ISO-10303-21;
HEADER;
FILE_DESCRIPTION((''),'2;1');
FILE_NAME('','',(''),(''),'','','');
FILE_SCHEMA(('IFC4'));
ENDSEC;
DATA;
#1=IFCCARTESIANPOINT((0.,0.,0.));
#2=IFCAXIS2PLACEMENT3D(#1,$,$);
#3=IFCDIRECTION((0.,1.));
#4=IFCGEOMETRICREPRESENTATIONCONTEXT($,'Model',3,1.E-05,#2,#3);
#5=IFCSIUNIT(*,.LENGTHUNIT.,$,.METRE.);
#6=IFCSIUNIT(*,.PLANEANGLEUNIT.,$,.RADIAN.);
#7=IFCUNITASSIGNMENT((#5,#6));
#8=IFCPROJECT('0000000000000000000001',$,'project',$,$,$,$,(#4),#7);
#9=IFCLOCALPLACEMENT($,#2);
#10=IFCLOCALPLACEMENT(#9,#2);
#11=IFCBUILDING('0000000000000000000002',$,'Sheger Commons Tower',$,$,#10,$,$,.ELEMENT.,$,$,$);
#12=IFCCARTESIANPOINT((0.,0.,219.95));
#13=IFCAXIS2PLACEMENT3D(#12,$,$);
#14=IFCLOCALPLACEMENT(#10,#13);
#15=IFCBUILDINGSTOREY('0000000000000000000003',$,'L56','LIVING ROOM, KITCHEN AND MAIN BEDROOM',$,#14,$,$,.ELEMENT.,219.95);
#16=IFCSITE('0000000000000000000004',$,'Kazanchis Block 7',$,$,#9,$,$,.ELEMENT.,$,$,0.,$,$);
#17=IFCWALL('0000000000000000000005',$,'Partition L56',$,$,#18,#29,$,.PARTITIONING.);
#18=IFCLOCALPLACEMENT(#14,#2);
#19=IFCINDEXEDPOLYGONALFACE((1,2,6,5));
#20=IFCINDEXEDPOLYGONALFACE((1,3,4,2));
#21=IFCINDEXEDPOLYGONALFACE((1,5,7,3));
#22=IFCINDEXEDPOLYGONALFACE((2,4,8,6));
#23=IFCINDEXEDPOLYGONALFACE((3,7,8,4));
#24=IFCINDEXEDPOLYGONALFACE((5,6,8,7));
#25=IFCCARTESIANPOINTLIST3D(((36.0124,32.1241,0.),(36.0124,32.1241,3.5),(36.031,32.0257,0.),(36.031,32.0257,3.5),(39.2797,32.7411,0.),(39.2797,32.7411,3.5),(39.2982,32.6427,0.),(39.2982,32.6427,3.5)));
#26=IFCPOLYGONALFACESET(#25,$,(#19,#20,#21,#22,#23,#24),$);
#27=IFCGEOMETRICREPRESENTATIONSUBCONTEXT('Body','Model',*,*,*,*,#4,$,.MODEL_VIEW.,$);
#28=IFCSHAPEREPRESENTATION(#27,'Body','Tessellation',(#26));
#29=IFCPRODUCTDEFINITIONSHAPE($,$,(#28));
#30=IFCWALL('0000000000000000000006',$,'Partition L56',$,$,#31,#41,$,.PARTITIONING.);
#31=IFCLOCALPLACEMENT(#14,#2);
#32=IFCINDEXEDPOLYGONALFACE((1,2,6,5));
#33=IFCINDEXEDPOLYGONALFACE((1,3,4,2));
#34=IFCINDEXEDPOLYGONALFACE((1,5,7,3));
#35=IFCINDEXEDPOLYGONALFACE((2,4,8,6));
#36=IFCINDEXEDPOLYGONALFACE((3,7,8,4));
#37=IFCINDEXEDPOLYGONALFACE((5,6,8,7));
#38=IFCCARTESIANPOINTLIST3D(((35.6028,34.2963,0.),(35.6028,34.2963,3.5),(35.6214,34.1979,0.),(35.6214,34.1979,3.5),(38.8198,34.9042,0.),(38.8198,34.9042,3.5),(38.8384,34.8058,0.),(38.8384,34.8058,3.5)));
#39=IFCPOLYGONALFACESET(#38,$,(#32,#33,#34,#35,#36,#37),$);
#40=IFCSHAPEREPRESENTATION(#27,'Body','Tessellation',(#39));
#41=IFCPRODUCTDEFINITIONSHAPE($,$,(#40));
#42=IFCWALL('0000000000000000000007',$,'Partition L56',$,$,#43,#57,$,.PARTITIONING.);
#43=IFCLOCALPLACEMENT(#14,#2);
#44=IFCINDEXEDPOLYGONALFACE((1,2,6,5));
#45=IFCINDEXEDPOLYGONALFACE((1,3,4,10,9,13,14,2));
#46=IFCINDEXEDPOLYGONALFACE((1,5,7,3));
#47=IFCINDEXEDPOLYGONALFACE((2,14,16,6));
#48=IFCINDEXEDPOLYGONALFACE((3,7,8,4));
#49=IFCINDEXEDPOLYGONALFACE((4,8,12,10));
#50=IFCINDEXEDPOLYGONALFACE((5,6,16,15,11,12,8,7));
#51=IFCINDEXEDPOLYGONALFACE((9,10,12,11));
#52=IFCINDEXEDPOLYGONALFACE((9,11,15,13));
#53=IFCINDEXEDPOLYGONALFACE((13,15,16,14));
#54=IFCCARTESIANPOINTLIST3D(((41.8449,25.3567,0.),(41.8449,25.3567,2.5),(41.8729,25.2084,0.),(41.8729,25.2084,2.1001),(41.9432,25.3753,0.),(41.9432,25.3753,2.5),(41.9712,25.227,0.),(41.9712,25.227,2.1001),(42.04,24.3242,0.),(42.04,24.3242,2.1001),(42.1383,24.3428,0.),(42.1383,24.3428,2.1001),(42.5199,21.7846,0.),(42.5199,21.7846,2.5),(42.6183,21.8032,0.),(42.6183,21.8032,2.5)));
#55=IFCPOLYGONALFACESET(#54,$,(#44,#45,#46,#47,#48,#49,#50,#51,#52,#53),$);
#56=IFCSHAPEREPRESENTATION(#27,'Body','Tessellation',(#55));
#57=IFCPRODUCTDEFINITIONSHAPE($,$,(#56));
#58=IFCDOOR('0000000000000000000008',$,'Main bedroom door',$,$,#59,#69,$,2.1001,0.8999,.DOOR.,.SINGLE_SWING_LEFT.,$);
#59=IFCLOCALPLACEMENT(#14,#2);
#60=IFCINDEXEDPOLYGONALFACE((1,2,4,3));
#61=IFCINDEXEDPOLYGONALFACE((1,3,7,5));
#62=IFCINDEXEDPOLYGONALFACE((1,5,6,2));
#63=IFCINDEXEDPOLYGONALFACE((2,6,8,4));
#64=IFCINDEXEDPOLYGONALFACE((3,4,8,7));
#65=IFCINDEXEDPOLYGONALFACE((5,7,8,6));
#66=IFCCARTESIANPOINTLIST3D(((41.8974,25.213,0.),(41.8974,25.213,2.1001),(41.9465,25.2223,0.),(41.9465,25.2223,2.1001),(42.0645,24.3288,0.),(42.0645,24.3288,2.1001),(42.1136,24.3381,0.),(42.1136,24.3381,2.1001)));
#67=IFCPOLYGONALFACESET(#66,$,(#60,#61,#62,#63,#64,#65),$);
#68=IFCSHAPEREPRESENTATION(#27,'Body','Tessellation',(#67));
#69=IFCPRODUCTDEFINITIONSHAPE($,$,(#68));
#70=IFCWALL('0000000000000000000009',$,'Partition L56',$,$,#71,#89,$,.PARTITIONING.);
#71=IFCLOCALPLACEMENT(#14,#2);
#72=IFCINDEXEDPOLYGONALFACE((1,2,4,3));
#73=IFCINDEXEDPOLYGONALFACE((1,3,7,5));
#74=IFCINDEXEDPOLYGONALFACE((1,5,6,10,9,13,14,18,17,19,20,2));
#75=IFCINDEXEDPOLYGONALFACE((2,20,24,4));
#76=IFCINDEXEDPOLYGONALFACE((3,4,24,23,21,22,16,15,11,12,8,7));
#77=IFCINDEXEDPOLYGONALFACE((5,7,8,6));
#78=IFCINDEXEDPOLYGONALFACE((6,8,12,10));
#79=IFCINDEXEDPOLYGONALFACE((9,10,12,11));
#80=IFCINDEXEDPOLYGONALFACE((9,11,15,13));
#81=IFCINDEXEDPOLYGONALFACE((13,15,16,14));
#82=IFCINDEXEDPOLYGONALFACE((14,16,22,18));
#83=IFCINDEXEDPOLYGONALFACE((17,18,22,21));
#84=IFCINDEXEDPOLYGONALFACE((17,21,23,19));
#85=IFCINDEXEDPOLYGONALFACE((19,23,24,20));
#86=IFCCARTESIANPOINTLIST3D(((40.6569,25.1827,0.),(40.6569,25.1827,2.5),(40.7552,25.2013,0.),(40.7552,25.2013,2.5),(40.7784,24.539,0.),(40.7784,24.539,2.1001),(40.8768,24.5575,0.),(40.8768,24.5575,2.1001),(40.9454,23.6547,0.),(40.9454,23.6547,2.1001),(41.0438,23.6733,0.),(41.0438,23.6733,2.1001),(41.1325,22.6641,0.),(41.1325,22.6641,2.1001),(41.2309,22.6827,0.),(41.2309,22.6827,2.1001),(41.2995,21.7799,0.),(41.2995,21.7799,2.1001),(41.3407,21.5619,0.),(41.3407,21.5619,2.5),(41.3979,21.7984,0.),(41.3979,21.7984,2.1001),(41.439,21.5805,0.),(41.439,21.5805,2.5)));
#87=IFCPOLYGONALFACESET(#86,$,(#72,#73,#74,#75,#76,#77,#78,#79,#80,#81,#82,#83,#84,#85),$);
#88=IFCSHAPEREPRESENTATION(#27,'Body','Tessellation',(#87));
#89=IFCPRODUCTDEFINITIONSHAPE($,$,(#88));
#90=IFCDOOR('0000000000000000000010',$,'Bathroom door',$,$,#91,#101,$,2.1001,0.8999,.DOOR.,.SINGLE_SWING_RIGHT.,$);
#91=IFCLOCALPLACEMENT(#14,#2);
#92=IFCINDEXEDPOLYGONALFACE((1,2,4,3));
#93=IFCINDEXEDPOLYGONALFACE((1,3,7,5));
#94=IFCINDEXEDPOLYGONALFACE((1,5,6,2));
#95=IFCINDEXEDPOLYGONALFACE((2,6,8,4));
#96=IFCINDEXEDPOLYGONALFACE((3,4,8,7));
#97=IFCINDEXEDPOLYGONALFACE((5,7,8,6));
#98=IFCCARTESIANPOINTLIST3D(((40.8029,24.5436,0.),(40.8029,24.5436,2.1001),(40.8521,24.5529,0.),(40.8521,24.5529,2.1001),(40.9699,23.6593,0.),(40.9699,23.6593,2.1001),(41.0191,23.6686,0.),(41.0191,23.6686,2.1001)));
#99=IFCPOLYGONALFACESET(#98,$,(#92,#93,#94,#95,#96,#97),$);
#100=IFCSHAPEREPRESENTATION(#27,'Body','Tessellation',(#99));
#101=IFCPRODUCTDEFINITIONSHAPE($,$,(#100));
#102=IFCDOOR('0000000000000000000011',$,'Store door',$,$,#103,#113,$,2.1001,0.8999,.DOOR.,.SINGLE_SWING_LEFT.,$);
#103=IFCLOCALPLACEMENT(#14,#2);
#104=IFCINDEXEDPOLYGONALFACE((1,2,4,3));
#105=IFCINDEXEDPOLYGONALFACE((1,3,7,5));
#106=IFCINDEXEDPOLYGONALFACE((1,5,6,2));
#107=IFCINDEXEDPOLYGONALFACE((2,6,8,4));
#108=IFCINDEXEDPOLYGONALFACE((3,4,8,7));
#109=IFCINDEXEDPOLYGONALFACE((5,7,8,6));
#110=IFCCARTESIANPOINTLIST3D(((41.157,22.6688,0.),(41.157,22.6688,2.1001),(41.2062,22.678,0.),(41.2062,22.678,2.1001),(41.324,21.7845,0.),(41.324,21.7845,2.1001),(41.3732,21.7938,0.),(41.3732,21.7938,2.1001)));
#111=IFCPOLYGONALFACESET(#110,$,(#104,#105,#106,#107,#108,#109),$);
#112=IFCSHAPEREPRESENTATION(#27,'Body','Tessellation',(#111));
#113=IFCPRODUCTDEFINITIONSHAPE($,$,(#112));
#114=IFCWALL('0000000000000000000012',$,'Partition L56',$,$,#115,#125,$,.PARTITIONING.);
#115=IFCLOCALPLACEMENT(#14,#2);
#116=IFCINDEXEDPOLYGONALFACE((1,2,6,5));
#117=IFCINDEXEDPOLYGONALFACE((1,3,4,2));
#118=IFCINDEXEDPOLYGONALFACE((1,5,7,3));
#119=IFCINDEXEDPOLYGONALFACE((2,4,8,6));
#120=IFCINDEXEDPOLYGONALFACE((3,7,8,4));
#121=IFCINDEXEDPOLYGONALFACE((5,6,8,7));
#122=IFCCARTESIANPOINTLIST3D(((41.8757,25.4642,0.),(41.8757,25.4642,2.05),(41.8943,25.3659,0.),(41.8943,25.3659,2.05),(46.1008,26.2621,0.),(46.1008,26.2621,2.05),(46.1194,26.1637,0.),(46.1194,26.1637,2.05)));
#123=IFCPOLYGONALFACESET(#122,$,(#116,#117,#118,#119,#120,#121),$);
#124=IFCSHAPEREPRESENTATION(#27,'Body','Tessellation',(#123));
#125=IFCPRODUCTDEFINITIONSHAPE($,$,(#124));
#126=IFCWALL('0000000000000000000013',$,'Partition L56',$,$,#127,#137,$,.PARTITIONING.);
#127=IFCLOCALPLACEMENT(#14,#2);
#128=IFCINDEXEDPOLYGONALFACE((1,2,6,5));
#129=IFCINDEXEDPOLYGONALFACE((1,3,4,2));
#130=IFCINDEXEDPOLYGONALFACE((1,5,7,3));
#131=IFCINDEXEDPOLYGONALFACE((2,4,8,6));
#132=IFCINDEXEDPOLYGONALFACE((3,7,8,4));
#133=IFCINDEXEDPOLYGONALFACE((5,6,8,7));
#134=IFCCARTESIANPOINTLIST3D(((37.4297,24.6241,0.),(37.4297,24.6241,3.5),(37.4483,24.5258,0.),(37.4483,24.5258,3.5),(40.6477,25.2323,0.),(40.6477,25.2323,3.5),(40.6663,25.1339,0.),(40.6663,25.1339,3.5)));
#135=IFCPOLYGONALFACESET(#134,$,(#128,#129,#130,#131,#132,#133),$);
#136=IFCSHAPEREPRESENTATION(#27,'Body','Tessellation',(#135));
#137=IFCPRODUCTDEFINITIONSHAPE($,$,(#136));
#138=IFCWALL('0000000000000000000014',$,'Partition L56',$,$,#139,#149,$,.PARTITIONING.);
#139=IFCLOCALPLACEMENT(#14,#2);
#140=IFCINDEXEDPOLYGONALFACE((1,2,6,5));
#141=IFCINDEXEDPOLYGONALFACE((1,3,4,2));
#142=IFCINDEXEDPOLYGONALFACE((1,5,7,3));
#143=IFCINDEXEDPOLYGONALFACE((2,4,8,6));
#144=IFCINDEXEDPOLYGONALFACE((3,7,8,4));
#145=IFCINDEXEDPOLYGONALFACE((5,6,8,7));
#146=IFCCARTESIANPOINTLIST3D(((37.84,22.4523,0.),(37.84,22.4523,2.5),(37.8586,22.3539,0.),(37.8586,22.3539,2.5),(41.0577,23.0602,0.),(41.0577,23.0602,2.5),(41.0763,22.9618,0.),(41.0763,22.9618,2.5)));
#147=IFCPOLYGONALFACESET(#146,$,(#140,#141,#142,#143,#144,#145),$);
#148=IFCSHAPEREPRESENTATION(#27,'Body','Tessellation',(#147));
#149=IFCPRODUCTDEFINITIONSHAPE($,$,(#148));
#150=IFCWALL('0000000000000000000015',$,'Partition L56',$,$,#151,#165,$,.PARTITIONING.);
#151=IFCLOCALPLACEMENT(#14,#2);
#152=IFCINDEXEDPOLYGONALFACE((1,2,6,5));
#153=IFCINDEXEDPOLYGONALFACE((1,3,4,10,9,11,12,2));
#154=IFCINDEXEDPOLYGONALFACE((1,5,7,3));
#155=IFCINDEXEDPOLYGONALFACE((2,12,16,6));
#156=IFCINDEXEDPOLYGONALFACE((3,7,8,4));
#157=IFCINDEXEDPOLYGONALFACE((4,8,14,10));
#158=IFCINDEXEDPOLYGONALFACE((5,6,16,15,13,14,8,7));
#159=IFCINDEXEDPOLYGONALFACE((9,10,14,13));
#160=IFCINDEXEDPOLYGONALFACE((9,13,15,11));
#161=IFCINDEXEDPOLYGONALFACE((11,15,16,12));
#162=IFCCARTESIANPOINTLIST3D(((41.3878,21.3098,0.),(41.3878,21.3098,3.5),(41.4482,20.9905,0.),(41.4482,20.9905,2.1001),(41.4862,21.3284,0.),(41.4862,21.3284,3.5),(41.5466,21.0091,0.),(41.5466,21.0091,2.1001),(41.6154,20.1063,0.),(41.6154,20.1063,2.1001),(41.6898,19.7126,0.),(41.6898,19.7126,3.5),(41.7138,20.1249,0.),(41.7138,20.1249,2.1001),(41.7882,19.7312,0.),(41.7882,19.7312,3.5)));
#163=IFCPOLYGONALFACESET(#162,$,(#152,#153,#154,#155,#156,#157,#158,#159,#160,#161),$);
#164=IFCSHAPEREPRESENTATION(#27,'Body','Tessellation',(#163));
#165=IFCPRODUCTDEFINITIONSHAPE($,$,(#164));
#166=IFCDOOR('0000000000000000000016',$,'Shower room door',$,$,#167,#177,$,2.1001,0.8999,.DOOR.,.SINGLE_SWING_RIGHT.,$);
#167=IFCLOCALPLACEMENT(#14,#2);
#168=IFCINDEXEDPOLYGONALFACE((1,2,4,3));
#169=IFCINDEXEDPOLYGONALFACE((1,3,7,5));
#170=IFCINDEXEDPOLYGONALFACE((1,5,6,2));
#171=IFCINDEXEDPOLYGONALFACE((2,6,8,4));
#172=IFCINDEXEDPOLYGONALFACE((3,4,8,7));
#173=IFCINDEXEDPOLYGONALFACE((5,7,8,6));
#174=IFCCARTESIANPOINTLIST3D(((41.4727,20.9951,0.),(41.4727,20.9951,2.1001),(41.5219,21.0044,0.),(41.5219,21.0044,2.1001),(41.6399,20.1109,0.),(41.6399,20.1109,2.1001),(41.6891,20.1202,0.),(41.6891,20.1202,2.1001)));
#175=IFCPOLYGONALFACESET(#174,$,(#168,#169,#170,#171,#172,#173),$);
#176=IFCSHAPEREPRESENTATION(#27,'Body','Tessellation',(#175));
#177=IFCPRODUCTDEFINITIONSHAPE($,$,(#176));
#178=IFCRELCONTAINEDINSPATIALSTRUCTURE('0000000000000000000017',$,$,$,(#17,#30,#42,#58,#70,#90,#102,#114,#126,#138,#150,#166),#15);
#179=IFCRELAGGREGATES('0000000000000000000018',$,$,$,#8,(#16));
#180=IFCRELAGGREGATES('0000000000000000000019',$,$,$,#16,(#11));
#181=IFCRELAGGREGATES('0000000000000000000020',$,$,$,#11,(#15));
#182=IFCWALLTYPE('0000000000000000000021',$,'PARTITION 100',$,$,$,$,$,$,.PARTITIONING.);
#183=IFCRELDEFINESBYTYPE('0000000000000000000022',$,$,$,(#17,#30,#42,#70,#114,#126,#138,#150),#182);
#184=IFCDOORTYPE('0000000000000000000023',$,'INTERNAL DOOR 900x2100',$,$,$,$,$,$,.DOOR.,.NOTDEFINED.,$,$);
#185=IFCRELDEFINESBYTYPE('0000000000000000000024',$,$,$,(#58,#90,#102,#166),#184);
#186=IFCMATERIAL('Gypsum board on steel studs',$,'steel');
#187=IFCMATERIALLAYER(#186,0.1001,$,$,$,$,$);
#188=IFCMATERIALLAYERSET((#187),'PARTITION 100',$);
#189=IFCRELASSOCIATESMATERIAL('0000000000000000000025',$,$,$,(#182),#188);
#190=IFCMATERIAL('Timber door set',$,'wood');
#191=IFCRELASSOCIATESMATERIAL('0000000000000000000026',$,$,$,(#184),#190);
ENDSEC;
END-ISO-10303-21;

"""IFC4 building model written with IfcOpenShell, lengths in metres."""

from ifc_helpers import new_model, si_unit, direction, frame, frame_2d, origin, place, context, subcontext, project, spatial, rectangle, extrude, material, layer, layer_set, type_object, element, fill, save


model = new_model("IFC4")

# Units and contexts
model_context = context("Model", 3, precision=1e-05, world=origin(), true_north=direction((0.0, 1.0)))
body_context = subcontext(model_context, "Body", "Model", "MODEL_VIEW")
ifc_project = project(units=[si_unit("LENGTHUNIT", "METRE"), si_unit("PLANEANGLEUNIT", "RADIAN")], contexts=[model_context])

# Site, building, storey
site_placement = place(None, origin())
site = spatial("IfcSite", under=ifc_project, at=site_placement, Name="Kazanchis Block 7", CompositionType="ELEMENT", RefElevation=0.0)
building_placement = place(site_placement, origin())
building = spatial("IfcBuilding", under=site, at=building_placement, Name="Sheger Commons Tower", CompositionType="ELEMENT")
storey_placement = place(building_placement, frame((0.0, 0.0, 219.95)))
storey = spatial("IfcBuildingStorey", under=building, at=storey_placement, Name="L56", Description="LIVING ROOM, KITCHEN AND MAIN BEDROOM", CompositionType="ELEMENT", Elevation=219.95)

# Walls
ifc_material_1 = material(Name="Gypsum board on steel studs", Category="steel")
ifc_layer_1 = layer(ifc_material_1, 0.1001)
ifc_layer_set_1 = layer_set([ifc_layer_1], Name="PARTITION 100")
wall_type_1 = type_object("IfcWallType", Name="PARTITION 100", PredefinedType="PARTITIONING", material=ifc_layer_set_1)
wall_1_placement = place(storey_placement, frame((39.2891, 32.6919, 0.0), z_axis=(0.0, 0.0, 1.0), x_axis=(-0.982634, -0.185556, 0.0)))
element("IfcWall", 1, at=wall_1_placement, inside=storey, type_object=wall_type_1, Name="Partition L56", PredefinedType="PARTITIONING", context=body_context, shape_type="SweptSolid", body=[
    extrude(rectangle(XDim=3.325, YDim=0.1001, at=frame_2d((1.6626, 0.0))), origin(), (0.0, 0.0, 1.0), 3.5),
])
wall_2_placement = place(storey_placement, frame((38.8291, 34.855, 0.0), z_axis=(0.0, 0.0, 1.0), x_axis=(-0.98261, -0.18568, 0.0)))
element("IfcWall", 2, at=wall_2_placement, inside=storey, type_object=wall_type_1, Name="Partition L56", PredefinedType="PARTITIONING", context=body_context, shape_type="SweptSolid", body=[
    extrude(rectangle(XDim=3.2739, YDim=0.1001, at=frame_2d((1.637, 0.0))), origin(), (0.0, 0.0, 1.0), 3.5),
])

# Wall, opening, door
wall_3_placement = place(storey_placement, frame((41.894, 25.366, 0.0), z_axis=(0.0, 0.0, 1.0), x_axis=(0.185695, -0.982607, 0.0)))
wall_3 = element("IfcWall", 3, at=wall_3_placement, inside=storey, type_object=wall_type_1, Name="Partition L56", PredefinedType="PARTITIONING", context=body_context, shape_type="SweptSolid", body=[
    extrude(rectangle(XDim=3.6353, YDim=0.1001, at=frame_2d((1.8176, 0.0))), origin(), (0.0, 0.0, 1.0), 2.5),
])
opening_1_placement = place(wall_3_placement, frame((0.1509, 0.0, 0.0)))
opening_1 = element("IfcOpeningElement", 4, at=opening_1_placement, cuts=wall_3, PredefinedType="OPENING", context=body_context, shape_type="SweptSolid", body=[
    extrude(rectangle(XDim=0.8999, YDim=2.1001, at=frame_2d((0.45, 1.05))), frame((0.0, 0.0601, 0.0), z_axis=(0.0, -1.0, 0.0), x_axis=(1.0, 0.0, 0.0)), (0.0, 0.0, 1.0), 0.1201),
])
ifc_material_2 = material(Name="Timber door set", Category="wood")
door_type = type_object("IfcDoorType", Name="INTERNAL DOOR 900x2100", OperationType="NOTDEFINED", PredefinedType="DOOR", material=ifc_material_2)
door_1_placement = place(opening_1_placement, origin())
door_1 = element("IfcDoor", 5, at=door_1_placement, inside=storey, type_object=door_type, Name="Main bedroom door", OperationType="SINGLE_SWING_LEFT", OverallHeight=2.1001, OverallWidth=0.8999, PredefinedType="DOOR", context=body_context, shape_type="SweptSolid", body=[
    extrude(rectangle(XDim=0.8999, YDim=2.1001, at=frame_2d((0.45, 1.05))), frame((0.0, 0.0249, 0.0), z_axis=(0.0, -1.0, 0.0), x_axis=(1.0, 0.0, 0.0)), (0.0, 0.0, 1.0), 0.05),
])
fill(opening_1, door_1)

# Wall, openings, doors
wall_4_placement = place(storey_placement, frame((40.7061, 25.1919, 0.0), z_axis=(0.0, 0.0, 1.0), x_axis=(0.18558, -0.982629, 0.0)))
wall_4 = element("IfcWall", 6, at=wall_4_placement, inside=storey, type_object=wall_type_1, Name="Partition L56", PredefinedType="PARTITIONING", context=body_context, shape_type="SweptSolid", body=[
    extrude(rectangle(XDim=3.6848, YDim=0.1001, at=frame_2d((1.8423, 0.0))), origin(), (0.0, 0.0, 1.0), 2.5),
])
opening_2_placement = place(wall_4_placement, frame((0.655, 0.0, 0.0)))
opening_2 = element("IfcOpeningElement", 7, at=opening_2_placement, cuts=wall_4, PredefinedType="OPENING", context=body_context, shape_type="SweptSolid", body=[
    extrude(rectangle(XDim=0.8999, YDim=2.1001, at=frame_2d((0.45, 1.05))), frame((0.0, 0.0601, 0.0), z_axis=(0.0, -1.0, 0.0), x_axis=(1.0, 0.0, 0.0)), (0.0, 0.0, 1.0), 0.1201),
])
opening_3_placement = place(wall_4_placement, frame((2.563, 0.0, 0.0)))
opening_3 = element("IfcOpeningElement", 8, at=opening_3_placement, cuts=wall_4, PredefinedType="OPENING", context=body_context, shape_type="SweptSolid", body=[
    extrude(rectangle(XDim=0.8999, YDim=2.1001, at=frame_2d((0.45, 1.05))), frame((0.0, 0.0601, 0.0), z_axis=(0.0, -1.0, 0.0), x_axis=(1.0, 0.0, 0.0)), (0.0, 0.0, 1.0), 0.1201),
])
door_2_placement = place(opening_2_placement, origin())
door_2 = element("IfcDoor", 9, at=door_2_placement, inside=storey, type_object=door_type, Name="Bathroom door", OperationType="SINGLE_SWING_RIGHT", OverallHeight=2.1001, OverallWidth=0.8999, PredefinedType="DOOR", context=body_context, shape_type="SweptSolid", body=[
    extrude(rectangle(XDim=0.8999, YDim=2.1001, at=frame_2d((0.45, 1.05))), frame((0.0, 0.0249, 0.0), z_axis=(0.0, -1.0, 0.0), x_axis=(1.0, 0.0, 0.0)), (0.0, 0.0, 1.0), 0.05),
])
fill(opening_2, door_2)
door_3_placement = place(opening_3_placement, origin())
door_3 = element("IfcDoor", 10, at=door_3_placement, inside=storey, type_object=door_type, Name="Store door", OperationType="SINGLE_SWING_LEFT", OverallHeight=2.1001, OverallWidth=0.8999, PredefinedType="DOOR", context=body_context, shape_type="SweptSolid", body=[
    extrude(rectangle(XDim=0.8999, YDim=2.1001, at=frame_2d((0.45, 1.05))), frame((0.0, 0.0249, 0.0), z_axis=(0.0, -1.0, 0.0), x_axis=(1.0, 0.0, 0.0)), (0.0, 0.0, 1.0), 0.05),
])
fill(opening_3, door_3)

# Walls
wall_5_placement = place(storey_placement, frame((46.1101, 26.2129, 0.0), z_axis=(0.0, 0.0, 1.0), x_axis=(-0.982634, -0.185557, 0.0)))
element("IfcWall", 11, at=wall_5_placement, inside=storey, type_object=wall_type_1, Name="Partition L56", PredefinedType="PARTITIONING", context=body_context, shape_type="SweptSolid", body=[
    extrude(rectangle(XDim=4.2998, YDim=0.1001, at=frame_2d((2.1499, 0.0))), origin(), (0.0, 0.0, 1.0), 2.05),
])
wall_6_placement = place(storey_placement, frame((40.657, 25.1831, 0.0), z_axis=(0.0, 0.0, 1.0), x_axis=(-0.982607, -0.185697, 0.0)))
element("IfcWall", 12, at=wall_6_placement, inside=storey, type_object=wall_type_1, Name="Partition L56", PredefinedType="PARTITIONING", context=body_context, shape_type="SweptSolid", body=[
    extrude(rectangle(XDim=3.2749, YDim=0.1001, at=frame_2d((1.6375, 0.0))), origin(), (0.0, 0.0, 1.0), 3.5),
])
wall_7_placement = place(storey_placement, frame((41.0669, 23.011, 0.0), z_axis=(0.0, 0.0, 1.0), x_axis=(-0.982618, -0.185639, 0.0)))
element("IfcWall", 13, at=wall_7_placement, inside=storey, type_object=wall_type_1, Name="Partition L56", PredefinedType="PARTITIONING", context=body_context, shape_type="SweptSolid", body=[
    extrude(rectangle(XDim=3.2747, YDim=0.1001, at=frame_2d((1.6372, 0.0))), origin(), (0.0, 0.0, 1.0), 2.5),
])

# Wall, opening, door
wall_8_placement = place(storey_placement, frame((41.437, 21.3191, 0.0), z_axis=(0.0, 0.0, 1.0), x_axis=(0.185794, -0.982589, 0.0)))
wall_8 = element("IfcWall", 14, at=wall_8_placement, inside=storey, type_object=wall_type_1, Name="Partition L56", PredefinedType="PARTITIONING", context=body_context, shape_type="SweptSolid", body=[
    extrude(rectangle(XDim=1.6255, YDim=0.1001, at=frame_2d((0.8127, 0.0))), origin(), (0.0, 0.0, 1.0), 3.5),
])
opening_4_placement = place(wall_8_placement, frame((0.325, 0.0, 0.0)))
opening_4 = element("IfcOpeningElement", 15, at=opening_4_placement, cuts=wall_8, PredefinedType="OPENING", context=body_context, shape_type="SweptSolid", body=[
    extrude(rectangle(XDim=0.8999, YDim=2.1001, at=frame_2d((0.45, 1.05))), frame((0.0, 0.0601, 0.0), z_axis=(0.0, -1.0, 0.0), x_axis=(1.0, 0.0, 0.0)), (0.0, 0.0, 1.0), 0.1201),
])
door_4_placement = place(opening_4_placement, origin())
door_4 = element("IfcDoor", 16, at=door_4_placement, inside=storey, type_object=door_type, Name="Shower room door", OperationType="SINGLE_SWING_RIGHT", OverallHeight=2.1001, OverallWidth=0.8999, PredefinedType="DOOR", context=body_context, shape_type="SweptSolid", body=[
    extrude(rectangle(XDim=0.8999, YDim=2.1001, at=frame_2d((0.45, 1.05))), frame((0.0, 0.0249, 0.0), z_axis=(0.0, -1.0, 0.0), x_axis=(1.0, 0.0, 0.0)), (0.0, 0.0, 1.0), 0.05),
])
fill(opening_4, door_4)

save(model, "model.ifc")
